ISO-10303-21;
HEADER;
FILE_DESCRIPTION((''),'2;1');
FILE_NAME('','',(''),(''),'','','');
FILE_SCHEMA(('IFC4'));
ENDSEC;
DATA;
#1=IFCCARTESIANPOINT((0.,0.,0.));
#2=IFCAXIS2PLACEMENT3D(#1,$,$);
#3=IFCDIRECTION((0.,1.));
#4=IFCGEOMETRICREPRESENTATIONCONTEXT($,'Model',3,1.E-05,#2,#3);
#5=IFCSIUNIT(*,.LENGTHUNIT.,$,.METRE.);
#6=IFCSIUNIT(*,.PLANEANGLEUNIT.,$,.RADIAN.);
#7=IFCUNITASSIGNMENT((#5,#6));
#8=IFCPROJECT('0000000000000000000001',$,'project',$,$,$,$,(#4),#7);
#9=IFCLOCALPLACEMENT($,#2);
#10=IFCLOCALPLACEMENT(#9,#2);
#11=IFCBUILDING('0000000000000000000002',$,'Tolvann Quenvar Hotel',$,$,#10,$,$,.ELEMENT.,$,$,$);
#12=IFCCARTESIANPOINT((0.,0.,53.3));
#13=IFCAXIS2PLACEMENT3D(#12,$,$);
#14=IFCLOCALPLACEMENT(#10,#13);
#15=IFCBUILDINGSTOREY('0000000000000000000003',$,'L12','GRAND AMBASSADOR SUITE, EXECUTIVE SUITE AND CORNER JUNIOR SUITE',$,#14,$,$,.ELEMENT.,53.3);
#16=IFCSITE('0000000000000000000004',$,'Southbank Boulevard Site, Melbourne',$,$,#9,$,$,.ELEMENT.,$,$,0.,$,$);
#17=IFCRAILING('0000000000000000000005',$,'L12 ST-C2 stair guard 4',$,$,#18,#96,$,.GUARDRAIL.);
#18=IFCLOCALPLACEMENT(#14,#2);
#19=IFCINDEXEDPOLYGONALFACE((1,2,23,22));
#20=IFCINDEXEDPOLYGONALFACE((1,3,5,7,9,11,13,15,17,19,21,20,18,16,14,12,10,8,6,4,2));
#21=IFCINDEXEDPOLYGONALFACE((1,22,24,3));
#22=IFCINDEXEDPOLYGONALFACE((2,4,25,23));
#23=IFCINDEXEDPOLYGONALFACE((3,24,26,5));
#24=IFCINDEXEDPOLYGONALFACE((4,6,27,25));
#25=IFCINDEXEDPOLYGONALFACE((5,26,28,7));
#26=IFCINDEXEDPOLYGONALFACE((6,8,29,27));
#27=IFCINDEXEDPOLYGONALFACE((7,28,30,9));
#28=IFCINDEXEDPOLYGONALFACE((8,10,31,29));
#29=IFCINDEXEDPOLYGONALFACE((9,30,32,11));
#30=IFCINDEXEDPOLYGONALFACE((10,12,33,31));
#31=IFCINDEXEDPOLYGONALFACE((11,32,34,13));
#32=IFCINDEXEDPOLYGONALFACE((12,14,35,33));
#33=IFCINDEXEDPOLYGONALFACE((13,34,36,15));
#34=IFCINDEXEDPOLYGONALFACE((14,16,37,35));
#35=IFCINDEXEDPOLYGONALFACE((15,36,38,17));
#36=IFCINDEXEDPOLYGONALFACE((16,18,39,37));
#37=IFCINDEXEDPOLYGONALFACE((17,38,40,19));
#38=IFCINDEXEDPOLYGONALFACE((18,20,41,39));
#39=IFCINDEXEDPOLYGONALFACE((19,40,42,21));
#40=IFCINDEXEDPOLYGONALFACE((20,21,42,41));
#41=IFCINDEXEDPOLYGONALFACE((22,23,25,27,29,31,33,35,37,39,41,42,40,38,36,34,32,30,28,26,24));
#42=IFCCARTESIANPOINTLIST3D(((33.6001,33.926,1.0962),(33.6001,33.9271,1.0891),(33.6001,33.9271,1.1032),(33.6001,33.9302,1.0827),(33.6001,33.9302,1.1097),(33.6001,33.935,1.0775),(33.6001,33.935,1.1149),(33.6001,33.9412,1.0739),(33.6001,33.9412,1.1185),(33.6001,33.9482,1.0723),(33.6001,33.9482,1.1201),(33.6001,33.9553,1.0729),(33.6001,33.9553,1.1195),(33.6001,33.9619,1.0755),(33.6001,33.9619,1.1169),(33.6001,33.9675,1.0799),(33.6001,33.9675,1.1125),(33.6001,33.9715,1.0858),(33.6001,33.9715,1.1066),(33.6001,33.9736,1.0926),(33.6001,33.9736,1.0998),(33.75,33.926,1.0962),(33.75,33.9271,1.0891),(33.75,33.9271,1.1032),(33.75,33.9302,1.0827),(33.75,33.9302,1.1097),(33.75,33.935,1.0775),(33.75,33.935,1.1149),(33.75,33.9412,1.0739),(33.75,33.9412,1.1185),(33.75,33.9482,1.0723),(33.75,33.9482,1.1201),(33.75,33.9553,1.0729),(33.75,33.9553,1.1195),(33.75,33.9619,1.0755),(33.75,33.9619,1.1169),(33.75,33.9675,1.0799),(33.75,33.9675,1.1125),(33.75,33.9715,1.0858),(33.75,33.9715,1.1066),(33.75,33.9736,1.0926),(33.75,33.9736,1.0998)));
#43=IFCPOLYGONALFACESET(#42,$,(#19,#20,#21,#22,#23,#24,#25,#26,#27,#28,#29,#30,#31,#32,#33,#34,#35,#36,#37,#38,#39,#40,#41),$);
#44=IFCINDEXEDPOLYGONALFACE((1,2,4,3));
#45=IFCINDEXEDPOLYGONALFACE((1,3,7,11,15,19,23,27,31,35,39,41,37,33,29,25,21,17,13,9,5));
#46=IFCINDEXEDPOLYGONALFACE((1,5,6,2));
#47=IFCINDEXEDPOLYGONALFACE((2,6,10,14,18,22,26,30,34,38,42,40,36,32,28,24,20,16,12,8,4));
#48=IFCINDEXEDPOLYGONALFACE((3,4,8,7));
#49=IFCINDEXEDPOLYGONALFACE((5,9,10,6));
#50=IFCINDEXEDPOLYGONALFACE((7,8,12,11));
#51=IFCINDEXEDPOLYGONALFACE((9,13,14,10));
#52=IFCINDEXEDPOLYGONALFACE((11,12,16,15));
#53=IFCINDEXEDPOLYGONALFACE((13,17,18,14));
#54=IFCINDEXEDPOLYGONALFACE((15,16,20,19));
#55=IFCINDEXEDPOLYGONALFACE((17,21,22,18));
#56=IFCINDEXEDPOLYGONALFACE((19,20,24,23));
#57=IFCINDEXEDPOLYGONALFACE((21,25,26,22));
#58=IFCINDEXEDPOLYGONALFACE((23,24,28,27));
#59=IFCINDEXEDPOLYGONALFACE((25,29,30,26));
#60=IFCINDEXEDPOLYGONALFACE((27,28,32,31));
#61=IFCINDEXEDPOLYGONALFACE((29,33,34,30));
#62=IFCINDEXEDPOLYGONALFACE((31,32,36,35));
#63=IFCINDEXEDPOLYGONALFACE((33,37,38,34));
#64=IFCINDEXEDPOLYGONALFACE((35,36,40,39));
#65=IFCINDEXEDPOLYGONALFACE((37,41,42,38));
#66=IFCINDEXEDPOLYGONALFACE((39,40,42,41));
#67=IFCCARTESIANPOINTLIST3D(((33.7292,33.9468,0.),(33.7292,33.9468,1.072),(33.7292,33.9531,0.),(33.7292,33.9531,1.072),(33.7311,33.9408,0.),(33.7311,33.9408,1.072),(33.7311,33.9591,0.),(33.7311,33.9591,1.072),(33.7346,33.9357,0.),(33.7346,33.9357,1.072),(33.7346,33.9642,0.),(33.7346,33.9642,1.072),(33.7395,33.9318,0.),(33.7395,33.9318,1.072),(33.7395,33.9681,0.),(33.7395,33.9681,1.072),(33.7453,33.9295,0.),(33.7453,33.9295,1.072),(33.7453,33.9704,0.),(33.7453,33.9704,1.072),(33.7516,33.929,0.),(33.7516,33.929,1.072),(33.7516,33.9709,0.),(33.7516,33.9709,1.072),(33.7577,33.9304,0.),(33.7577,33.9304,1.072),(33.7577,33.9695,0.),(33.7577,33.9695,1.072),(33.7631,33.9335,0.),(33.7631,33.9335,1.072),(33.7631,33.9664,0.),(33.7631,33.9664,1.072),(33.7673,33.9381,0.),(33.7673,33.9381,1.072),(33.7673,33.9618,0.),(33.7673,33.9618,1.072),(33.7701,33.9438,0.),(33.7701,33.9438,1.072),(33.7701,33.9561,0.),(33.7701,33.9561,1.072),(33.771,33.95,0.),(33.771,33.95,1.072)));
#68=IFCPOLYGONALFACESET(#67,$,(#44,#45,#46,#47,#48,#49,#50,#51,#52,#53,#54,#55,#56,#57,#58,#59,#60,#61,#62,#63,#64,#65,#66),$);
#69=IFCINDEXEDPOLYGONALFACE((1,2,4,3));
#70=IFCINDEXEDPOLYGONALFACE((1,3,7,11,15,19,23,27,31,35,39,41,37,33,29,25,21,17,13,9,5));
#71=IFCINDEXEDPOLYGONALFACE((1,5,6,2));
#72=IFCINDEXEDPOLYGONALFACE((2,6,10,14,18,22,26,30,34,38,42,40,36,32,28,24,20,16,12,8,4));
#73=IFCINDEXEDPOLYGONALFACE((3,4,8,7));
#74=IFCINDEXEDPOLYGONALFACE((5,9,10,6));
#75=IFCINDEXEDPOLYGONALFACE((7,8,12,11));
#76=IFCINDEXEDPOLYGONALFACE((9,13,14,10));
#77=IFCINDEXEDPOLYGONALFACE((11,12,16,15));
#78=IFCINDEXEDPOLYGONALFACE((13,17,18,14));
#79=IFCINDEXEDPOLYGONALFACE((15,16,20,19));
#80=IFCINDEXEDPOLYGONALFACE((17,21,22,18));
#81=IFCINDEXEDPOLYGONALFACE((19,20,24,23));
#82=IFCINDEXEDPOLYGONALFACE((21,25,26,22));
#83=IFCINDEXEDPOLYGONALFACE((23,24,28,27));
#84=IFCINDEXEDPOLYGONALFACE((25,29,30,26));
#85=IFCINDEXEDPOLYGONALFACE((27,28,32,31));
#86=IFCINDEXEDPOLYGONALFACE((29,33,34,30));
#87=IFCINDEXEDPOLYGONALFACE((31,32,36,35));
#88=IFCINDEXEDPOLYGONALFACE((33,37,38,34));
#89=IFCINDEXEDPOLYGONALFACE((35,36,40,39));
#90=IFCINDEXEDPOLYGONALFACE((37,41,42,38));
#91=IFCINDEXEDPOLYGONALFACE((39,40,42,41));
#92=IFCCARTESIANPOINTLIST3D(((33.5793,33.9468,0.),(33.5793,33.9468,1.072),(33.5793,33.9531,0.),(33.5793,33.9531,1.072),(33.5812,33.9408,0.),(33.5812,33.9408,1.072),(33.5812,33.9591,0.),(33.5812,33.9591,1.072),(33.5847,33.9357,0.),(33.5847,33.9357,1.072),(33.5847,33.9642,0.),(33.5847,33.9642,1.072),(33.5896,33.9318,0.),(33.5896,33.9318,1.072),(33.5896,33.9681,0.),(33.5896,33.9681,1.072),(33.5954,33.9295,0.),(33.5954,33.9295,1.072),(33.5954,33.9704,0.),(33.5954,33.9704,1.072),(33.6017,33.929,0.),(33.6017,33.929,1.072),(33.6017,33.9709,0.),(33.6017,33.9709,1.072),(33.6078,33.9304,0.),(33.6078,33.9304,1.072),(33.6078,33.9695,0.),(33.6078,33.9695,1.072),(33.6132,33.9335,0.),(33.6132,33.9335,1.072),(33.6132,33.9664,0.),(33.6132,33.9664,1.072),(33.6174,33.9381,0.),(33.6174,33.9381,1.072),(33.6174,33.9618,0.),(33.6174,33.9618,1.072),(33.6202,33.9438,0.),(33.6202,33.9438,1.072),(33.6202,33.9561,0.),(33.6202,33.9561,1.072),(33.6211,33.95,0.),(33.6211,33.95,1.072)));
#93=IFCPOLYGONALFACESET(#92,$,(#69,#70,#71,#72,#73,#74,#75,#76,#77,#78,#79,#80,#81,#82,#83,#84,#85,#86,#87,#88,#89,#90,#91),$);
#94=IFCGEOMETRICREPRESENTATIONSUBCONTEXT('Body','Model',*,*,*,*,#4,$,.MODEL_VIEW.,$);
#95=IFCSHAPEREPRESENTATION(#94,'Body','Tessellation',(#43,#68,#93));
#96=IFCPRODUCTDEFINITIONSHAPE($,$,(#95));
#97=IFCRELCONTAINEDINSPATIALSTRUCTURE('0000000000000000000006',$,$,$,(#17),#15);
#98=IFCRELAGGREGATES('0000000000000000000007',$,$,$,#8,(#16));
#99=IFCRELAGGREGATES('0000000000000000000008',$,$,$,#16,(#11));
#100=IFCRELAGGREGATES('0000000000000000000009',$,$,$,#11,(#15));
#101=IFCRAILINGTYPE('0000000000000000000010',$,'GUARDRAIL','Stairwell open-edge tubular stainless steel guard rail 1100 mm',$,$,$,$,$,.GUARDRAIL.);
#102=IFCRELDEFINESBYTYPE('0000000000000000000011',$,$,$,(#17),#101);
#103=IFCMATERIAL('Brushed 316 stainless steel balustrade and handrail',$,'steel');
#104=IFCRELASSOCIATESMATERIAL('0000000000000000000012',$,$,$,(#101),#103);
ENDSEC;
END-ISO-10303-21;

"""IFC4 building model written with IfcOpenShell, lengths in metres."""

from ifc_helpers import new_model, si_unit, direction, frame, origin, origin_2d, place, context, subcontext, project, spatial, circle, extrude, material, type_object, element, save


model = new_model("IFC4")

# Units and contexts
model_context = context("Model", 3, precision=1e-05, world=origin(), true_north=direction((0.0, 1.0)))
body_context = subcontext(model_context, "Body", "Model", "MODEL_VIEW")
ifc_project = project(units=[si_unit("LENGTHUNIT", "METRE"), si_unit("PLANEANGLEUNIT", "RADIAN")], contexts=[model_context])

# Site, building, storey
site_placement = place(None, origin())
site = spatial("IfcSite", under=ifc_project, at=site_placement, Name="Southbank Boulevard Site, Melbourne", CompositionType="ELEMENT", RefElevation=0.0)
building_placement = place(site_placement, origin())
building = spatial("IfcBuilding", under=site, at=building_placement, Name="Tolvann Quenvar Hotel", CompositionType="ELEMENT")
storey_placement = place(building_placement, frame((0.0, 0.0, 53.3)))
storey = spatial("IfcBuildingStorey", under=building, at=storey_placement, Name="L12", Description="GRAND AMBASSADOR SUITE, EXECUTIVE SUITE AND CORNER JUNIOR SUITE", CompositionType="ELEMENT", Elevation=53.3)

# Railing
ifc_material_1 = material(Name="Brushed 316 stainless steel balustrade and handrail", Category="steel")
railing_type_1 = type_object("IfcRailingType", Name="GUARDRAIL", Description="Stairwell open-edge tubular stainless steel guard rail 1100 mm", PredefinedType="GUARDRAIL", material=ifc_material_1)
railing_1_placement = place(storey_placement, frame((33.75, 33.95, 0.0)))
element("IfcRailing", 1, at=railing_1_placement, inside=storey, type_object=railing_type_1, Name="L12 ST-C2 stair guard 4", PredefinedType="GUARDRAIL", context=body_context, shape_type="SweptSolid", body=[
    extrude(circle(Radius=0.0239, at=origin_2d()), frame((0.0, 0.0, 1.0962), z_axis=(-1.0, 0.0, 0.0), x_axis=(0.0, -1.0, 0.0)), (0.0, 0.0, 1.0), 0.1499),
    extrude(circle(Radius=0.021, at=origin_2d()), origin(), (0.0, 0.0, 1.0), 1.072),
    extrude(circle(Radius=0.021, at=origin_2d()), frame((-0.1499, 0.0, 0.0)), (0.0, 0.0, 1.0), 1.072),
])

save(model, "model.ifc")
